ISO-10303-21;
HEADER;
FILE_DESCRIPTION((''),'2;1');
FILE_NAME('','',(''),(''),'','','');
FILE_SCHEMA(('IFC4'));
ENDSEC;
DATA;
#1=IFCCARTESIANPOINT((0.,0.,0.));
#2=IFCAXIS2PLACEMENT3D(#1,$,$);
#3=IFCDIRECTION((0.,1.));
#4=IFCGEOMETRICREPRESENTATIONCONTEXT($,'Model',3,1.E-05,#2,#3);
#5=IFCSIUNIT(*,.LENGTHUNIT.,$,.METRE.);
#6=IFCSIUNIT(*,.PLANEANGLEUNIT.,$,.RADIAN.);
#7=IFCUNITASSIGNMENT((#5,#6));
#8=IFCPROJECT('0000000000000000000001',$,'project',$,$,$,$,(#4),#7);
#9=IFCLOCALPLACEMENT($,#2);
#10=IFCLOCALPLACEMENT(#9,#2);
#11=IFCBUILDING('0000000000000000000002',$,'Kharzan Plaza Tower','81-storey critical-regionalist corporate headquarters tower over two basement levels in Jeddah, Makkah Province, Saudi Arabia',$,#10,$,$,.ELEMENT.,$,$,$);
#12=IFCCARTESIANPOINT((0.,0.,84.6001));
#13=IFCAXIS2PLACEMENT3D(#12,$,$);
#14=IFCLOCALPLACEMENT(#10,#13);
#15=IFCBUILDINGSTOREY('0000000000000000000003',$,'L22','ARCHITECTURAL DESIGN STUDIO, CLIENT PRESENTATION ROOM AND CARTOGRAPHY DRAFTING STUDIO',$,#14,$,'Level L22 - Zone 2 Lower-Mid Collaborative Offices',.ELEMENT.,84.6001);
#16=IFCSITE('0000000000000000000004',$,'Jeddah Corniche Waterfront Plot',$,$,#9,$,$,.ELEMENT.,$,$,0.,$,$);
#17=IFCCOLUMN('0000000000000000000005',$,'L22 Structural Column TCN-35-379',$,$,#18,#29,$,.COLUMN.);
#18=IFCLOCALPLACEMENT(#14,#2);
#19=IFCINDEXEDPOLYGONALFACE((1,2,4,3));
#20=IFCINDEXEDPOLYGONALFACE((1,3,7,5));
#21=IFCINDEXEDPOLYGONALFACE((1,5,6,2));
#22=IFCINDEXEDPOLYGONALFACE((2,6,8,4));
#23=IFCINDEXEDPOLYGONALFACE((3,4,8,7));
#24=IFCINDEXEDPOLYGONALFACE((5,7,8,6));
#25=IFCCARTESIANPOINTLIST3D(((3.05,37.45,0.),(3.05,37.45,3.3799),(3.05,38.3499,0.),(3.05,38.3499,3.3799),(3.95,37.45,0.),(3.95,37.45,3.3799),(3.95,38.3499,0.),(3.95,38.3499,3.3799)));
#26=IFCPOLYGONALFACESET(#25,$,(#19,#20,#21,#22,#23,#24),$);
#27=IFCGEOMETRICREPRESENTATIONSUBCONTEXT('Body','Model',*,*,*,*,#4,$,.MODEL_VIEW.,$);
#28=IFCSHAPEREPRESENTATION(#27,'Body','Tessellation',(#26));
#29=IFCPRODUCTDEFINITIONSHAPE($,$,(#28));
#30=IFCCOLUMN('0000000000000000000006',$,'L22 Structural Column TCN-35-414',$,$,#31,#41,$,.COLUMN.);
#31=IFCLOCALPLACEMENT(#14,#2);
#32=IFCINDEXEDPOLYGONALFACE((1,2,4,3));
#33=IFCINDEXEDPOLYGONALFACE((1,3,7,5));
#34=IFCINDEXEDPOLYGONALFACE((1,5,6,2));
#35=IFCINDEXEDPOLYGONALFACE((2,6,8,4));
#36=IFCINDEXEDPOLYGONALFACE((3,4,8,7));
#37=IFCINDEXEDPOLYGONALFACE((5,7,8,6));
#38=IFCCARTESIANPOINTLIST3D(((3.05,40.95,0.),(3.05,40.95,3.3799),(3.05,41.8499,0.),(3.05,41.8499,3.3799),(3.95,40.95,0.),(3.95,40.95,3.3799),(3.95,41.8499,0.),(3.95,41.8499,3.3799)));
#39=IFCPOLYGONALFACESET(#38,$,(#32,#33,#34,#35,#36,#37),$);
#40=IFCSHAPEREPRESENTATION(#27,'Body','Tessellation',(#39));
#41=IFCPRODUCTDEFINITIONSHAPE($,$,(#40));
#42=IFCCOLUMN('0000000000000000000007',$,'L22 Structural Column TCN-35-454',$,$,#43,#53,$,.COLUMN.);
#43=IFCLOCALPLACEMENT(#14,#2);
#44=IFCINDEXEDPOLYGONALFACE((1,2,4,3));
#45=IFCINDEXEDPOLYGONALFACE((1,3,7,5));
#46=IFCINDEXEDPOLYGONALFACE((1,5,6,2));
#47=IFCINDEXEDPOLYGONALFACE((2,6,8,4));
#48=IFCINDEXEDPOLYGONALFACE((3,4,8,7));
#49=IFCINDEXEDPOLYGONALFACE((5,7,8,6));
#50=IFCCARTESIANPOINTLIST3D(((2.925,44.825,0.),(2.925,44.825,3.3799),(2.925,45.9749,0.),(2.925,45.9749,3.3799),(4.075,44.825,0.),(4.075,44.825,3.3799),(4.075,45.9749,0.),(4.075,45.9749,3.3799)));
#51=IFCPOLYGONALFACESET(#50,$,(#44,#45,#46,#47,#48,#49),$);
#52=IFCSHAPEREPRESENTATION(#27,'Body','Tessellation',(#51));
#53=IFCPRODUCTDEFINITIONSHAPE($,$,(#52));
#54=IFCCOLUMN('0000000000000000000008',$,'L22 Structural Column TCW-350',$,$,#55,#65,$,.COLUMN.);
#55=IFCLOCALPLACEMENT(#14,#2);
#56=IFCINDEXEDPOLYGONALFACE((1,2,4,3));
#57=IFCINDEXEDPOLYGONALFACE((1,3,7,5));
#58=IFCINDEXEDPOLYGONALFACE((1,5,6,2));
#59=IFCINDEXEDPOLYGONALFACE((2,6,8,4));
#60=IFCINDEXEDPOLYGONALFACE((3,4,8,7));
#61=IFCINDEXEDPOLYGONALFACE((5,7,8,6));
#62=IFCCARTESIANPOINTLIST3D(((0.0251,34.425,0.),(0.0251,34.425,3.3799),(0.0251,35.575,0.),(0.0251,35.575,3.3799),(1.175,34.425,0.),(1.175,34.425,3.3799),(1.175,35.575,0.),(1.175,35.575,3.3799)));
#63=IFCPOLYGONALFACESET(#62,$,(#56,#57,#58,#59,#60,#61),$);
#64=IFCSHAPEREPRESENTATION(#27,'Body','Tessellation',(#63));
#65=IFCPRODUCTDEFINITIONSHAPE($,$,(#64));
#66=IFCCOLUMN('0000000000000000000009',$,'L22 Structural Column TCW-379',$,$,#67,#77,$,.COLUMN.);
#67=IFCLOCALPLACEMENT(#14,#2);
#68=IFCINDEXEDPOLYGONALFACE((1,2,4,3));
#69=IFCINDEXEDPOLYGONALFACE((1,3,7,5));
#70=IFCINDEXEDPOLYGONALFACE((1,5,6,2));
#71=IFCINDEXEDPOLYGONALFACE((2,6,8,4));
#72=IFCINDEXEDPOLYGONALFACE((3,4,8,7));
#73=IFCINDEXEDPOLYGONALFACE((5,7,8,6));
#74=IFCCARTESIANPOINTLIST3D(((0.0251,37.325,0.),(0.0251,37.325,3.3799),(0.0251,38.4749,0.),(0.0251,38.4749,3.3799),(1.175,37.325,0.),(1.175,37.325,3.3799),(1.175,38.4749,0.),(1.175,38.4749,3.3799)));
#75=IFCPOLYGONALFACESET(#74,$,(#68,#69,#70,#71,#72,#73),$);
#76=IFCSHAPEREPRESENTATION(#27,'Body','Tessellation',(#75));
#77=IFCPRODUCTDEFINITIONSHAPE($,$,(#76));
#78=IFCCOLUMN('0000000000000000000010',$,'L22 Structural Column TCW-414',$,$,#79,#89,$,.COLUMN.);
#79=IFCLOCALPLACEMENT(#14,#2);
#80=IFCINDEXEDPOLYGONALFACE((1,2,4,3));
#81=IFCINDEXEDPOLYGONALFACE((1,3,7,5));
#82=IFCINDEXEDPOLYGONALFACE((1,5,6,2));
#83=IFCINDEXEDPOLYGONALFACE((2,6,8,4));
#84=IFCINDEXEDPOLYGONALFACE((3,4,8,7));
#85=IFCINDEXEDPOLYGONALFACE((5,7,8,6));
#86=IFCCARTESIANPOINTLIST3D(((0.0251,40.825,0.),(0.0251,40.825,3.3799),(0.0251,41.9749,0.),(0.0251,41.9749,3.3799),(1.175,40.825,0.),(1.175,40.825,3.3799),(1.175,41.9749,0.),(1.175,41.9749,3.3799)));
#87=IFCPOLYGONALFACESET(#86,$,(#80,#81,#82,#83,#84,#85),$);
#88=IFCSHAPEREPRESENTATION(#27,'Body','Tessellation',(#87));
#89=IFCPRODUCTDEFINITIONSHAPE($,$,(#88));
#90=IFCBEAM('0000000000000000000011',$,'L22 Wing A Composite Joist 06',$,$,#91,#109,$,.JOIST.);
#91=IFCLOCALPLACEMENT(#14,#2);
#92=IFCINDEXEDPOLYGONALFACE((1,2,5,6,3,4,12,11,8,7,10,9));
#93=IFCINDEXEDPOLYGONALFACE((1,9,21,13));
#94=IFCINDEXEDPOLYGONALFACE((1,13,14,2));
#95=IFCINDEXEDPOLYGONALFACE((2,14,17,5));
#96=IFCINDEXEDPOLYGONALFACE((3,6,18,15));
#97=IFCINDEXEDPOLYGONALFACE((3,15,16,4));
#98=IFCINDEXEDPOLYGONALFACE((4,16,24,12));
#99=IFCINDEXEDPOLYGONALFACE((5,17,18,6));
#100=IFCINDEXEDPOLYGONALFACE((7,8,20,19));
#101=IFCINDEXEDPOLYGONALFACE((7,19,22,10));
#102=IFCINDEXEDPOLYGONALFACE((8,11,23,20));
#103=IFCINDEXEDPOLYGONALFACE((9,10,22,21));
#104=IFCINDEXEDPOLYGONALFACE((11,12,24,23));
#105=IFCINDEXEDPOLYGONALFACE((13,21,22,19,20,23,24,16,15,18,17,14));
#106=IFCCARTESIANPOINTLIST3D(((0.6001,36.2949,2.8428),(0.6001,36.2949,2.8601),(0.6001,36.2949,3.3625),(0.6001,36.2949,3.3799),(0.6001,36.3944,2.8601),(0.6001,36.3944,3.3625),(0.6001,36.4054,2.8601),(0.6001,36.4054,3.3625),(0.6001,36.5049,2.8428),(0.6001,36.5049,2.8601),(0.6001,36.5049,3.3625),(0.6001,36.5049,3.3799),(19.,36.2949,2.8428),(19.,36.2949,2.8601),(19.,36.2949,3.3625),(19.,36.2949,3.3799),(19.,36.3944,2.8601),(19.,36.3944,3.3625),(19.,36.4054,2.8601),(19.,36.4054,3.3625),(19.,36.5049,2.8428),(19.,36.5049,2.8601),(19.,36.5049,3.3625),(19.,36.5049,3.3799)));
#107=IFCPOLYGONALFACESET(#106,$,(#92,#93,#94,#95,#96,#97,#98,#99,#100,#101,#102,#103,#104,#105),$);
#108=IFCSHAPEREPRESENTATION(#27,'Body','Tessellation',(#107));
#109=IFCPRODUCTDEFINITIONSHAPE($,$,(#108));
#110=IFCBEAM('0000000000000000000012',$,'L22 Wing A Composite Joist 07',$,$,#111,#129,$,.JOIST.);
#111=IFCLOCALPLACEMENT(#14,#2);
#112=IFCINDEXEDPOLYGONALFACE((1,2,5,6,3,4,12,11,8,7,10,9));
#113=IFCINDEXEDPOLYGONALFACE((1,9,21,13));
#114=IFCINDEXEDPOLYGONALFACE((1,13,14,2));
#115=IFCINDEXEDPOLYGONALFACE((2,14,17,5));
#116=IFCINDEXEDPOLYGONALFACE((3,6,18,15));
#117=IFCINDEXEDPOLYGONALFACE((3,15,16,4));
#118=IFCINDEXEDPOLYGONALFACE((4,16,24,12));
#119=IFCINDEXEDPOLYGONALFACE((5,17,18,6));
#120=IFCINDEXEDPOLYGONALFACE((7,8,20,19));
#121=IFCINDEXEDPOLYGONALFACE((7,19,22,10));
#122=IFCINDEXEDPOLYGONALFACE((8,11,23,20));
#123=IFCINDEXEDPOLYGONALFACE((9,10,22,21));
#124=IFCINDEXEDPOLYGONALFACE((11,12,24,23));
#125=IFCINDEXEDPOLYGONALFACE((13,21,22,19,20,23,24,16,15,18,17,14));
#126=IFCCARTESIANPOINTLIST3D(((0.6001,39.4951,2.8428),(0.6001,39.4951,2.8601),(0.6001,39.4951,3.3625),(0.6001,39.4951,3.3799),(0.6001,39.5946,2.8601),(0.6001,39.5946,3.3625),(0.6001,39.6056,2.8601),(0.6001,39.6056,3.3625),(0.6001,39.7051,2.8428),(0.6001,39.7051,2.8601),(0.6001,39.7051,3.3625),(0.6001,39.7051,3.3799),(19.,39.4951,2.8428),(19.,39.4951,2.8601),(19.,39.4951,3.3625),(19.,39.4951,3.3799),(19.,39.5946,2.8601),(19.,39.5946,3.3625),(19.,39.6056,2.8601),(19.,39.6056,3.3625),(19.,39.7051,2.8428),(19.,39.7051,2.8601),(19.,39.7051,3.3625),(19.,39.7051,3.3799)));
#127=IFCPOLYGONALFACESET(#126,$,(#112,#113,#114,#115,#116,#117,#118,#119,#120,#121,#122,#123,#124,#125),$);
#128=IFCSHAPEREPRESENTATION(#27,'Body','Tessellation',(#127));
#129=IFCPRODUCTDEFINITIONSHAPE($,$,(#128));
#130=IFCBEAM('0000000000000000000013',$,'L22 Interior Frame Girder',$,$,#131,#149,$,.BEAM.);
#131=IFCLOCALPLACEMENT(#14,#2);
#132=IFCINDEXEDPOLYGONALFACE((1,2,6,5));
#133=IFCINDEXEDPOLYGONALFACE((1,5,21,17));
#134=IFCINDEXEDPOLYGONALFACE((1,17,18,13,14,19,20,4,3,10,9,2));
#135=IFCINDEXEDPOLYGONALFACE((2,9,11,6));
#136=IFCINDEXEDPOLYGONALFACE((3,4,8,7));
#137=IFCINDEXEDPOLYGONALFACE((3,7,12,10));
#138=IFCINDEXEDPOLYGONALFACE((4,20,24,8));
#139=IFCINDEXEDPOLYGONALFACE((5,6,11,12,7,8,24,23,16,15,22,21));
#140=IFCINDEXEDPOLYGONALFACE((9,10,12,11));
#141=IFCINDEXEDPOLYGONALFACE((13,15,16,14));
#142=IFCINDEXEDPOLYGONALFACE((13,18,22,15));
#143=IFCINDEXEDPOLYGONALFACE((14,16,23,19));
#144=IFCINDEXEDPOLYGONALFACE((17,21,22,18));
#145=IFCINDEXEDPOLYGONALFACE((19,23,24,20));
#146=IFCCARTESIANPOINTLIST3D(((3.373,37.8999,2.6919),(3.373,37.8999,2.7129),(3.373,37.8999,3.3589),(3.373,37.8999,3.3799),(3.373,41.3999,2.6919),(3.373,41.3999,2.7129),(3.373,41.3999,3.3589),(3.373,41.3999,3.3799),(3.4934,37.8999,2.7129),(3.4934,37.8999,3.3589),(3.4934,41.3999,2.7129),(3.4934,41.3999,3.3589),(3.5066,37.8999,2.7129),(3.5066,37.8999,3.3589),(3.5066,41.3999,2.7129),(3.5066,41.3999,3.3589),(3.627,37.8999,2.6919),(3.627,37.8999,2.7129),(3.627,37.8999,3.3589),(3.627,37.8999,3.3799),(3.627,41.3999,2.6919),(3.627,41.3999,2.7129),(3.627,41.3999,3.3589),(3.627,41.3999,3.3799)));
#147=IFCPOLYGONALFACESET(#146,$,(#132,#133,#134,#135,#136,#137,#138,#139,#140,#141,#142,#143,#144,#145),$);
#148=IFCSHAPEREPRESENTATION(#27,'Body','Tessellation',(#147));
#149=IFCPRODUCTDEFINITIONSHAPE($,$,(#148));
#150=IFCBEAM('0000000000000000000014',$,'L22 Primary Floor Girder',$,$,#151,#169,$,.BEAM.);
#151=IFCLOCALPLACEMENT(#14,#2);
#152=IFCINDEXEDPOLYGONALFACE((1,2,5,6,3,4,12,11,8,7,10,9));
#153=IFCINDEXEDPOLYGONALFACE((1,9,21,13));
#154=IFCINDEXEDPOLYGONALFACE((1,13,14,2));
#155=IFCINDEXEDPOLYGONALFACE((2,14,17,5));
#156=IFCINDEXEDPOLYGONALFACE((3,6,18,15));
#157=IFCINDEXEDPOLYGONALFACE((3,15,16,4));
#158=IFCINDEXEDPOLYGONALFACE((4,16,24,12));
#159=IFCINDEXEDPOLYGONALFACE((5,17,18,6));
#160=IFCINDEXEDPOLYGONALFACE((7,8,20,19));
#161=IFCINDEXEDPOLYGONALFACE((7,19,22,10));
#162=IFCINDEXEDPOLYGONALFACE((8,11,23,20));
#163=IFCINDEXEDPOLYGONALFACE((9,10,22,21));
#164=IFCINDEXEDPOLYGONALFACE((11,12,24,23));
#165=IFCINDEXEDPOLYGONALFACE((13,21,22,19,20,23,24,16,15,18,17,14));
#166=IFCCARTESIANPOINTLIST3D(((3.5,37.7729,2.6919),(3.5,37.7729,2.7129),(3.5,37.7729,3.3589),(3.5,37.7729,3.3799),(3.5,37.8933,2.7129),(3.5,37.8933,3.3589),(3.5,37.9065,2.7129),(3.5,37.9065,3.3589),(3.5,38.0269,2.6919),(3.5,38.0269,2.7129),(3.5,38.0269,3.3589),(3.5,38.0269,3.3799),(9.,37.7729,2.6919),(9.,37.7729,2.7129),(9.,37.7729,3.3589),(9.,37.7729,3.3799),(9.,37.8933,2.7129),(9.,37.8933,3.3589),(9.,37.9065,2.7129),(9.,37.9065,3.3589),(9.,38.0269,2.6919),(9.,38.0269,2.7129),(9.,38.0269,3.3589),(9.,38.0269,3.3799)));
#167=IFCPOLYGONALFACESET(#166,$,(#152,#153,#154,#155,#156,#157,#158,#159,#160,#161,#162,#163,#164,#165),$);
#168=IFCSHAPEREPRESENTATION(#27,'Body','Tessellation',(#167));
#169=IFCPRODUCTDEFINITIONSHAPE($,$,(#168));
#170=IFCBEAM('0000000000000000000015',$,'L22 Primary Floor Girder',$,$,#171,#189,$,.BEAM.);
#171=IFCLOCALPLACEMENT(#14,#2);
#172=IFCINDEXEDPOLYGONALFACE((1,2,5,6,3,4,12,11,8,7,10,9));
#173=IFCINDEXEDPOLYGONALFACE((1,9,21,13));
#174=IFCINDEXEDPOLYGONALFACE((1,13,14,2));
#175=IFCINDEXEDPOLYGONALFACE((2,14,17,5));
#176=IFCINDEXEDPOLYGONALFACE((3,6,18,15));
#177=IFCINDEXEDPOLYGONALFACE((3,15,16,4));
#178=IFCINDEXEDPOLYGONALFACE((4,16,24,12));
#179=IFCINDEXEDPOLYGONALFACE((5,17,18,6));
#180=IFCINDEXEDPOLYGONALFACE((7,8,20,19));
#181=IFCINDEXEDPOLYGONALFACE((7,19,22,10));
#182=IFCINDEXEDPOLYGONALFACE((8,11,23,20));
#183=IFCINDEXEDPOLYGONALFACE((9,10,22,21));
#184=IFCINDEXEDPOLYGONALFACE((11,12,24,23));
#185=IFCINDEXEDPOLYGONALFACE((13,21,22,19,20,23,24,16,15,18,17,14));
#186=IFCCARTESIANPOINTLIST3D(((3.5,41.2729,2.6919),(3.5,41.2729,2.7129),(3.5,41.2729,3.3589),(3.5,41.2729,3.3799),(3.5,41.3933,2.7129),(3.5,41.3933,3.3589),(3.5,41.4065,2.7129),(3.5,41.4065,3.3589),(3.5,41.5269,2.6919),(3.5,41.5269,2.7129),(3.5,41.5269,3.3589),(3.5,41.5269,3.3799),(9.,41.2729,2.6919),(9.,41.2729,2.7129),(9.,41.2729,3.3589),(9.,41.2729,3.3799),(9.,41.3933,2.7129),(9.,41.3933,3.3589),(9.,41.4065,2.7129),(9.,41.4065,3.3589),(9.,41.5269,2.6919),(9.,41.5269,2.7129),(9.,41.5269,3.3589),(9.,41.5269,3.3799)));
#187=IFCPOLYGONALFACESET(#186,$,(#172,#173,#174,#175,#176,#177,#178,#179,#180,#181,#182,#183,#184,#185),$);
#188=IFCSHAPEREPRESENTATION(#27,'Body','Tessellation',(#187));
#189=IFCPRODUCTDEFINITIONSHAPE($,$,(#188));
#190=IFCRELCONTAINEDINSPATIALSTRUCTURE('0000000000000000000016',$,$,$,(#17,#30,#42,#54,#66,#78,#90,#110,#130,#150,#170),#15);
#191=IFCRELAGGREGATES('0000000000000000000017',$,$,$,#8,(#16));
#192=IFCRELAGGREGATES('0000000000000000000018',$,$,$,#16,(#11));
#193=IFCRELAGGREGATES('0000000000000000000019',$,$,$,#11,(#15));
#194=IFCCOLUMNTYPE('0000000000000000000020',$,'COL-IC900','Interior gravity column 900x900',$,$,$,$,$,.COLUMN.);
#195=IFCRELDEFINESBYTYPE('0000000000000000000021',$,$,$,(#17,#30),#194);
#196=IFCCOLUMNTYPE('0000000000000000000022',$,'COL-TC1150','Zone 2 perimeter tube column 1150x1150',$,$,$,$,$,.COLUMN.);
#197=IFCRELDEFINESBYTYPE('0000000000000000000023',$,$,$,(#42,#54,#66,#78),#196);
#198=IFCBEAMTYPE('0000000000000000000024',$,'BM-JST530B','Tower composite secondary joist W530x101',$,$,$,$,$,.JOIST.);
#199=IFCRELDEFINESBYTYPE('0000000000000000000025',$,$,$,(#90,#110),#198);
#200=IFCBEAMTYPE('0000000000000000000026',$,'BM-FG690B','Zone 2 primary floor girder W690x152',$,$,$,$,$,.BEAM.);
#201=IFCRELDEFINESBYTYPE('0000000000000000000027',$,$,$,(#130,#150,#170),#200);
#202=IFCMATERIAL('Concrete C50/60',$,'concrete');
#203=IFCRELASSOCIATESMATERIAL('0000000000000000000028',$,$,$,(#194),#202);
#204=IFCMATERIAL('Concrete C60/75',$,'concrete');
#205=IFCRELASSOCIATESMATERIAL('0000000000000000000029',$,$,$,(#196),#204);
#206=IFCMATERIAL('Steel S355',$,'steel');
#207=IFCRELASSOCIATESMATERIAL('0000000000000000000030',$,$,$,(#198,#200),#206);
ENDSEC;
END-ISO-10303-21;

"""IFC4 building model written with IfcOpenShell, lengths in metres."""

from ifc_helpers import new_model, si_unit, direction, frame, origin, origin_2d, place, context, subcontext, project, spatial, rectangle, i_section, extrude, source, transform, mapped, material, material_profile, profile_set, type_object, element, save


model = new_model("IFC4")

# Units and contexts
model_context = context("Model", 3, precision=1e-05, world=origin(), true_north=direction((0.0, 1.0)))
body_context = subcontext(model_context, "Body", "Model", "MODEL_VIEW")
ifc_project = project(units=[si_unit("LENGTHUNIT", "METRE"), si_unit("PLANEANGLEUNIT", "RADIAN")], contexts=[model_context])

# Site, building, storey
site_placement = place(None, origin())
site = spatial("IfcSite", under=ifc_project, at=site_placement, Name="Jeddah Corniche Waterfront Plot", CompositionType="ELEMENT", RefElevation=0.0)
building_placement = place(site_placement, origin())
building = spatial("IfcBuilding", under=site, at=building_placement, Name="Kharzan Plaza Tower", Description="81-storey critical-regionalist corporate headquarters tower over two basement levels in Jeddah, Makkah Province, Saudi Arabia", CompositionType="ELEMENT")
storey_placement = place(building_placement, frame((0.0, 0.0, 84.6001)))
storey = spatial("IfcBuildingStorey", under=building, at=storey_placement, Name="L22", Description="ARCHITECTURAL DESIGN STUDIO, CLIENT PRESENTATION ROOM AND CARTOGRAPHY DRAFTING STUDIO", LongName="Level L22 - Zone 2 Lower-Mid Collaborative Offices", CompositionType="ELEMENT", Elevation=84.6001)

# Columns
ifc_material_1 = material(Name="Concrete C50/60", Category="concrete")
ifc_material_profile_1 = material_profile(ifc_material_1, rectangle(XDim=0.8999, YDim=0.8999, at=origin_2d()), Name="RC-IC900x900")
ifc_profile_set_1 = profile_set([ifc_material_profile_1], Name="Concrete C50/60")
column_type_1 = type_object("IfcColumnType", Name="COL-IC900", Description="Interior gravity column 900x900", PredefinedType="COLUMN", material=ifc_profile_set_1)
shared_shape_1 = source(origin(), body_context, "Body", "SweptSolid", [
    extrude(rectangle(XDim=0.8999, YDim=0.8999, at=origin_2d()), origin(), (0.0, 0.0, 1.0), 3.3799),
])
for number, where, z_axis, x_axis, name in (
    (1, (3.5, 37.8999, 0.0), (0.0, 0.0, 1.0), (1.0, 0.0, 0.0), "L22 Structural Column TCN-35-379"),
    (2, (3.5, 41.3999, 0.0), (0.0, 0.0, 1.0), (1.0, 0.0, 0.0), "L22 Structural Column TCN-35-414"),
):
    element("IfcColumn", number, at=place(storey_placement, frame(where, z_axis=z_axis, x_axis=x_axis)), inside=storey, type_object=column_type_1, Name=name, PredefinedType="COLUMN", context=body_context, shape_type="MappedRepresentation", body=[
        mapped(shared_shape_1, transform((0.0, 0.0, 0.0), x_axis=(1.0, 0.0, 0.0), y_axis=(0.0, 1.0, 0.0), z_axis=(0.0, 0.0, 1.0))),
    ])
ifc_material_2 = material(Name="Concrete C60/75", Category="concrete")
ifc_material_profile_2 = material_profile(ifc_material_2, rectangle(XDim=1.1499, YDim=1.1499, at=origin_2d()), Name="RC-TC1150x1150")
ifc_profile_set_2 = profile_set([ifc_material_profile_2], Name="Concrete C60/75")
column_type_2 = type_object("IfcColumnType", Name="COL-TC1150", Description="Zone 2 perimeter tube column 1150x1150", PredefinedType="COLUMN", material=ifc_profile_set_2)
shared_shape_2 = source(origin(), body_context, "Body", "SweptSolid", [
    extrude(rectangle(XDim=1.1499, YDim=1.1499, at=origin_2d()), origin(), (0.0, 0.0, 1.0), 3.3799),
])
for number, where, z_axis, x_axis, name in (
    (3, (3.5, 45.3999, 0.0), (0.0, 0.0, 1.0), (1.0, 0.0, 0.0), "L22 Structural Column TCN-35-454"),
    (4, (0.6001, 35.0, 0.0), (0.0, 0.0, 1.0), (1.0, 0.0, 0.0), "L22 Structural Column TCW-350"),
    (5, (0.6001, 37.8999, 0.0), (0.0, 0.0, 1.0), (1.0, 0.0, 0.0), "L22 Structural Column TCW-379"),
    (6, (0.6001, 41.3999, 0.0), (0.0, 0.0, 1.0), (1.0, 0.0, 0.0), "L22 Structural Column TCW-414"),
):
    element("IfcColumn", number, at=place(storey_placement, frame(where, z_axis=z_axis, x_axis=x_axis)), inside=storey, type_object=column_type_2, Name=name, PredefinedType="COLUMN", context=body_context, shape_type="MappedRepresentation", body=[
        mapped(shared_shape_2, transform((0.0, 0.0, 0.0), x_axis=(1.0, 0.0, 0.0), y_axis=(0.0, 1.0, 0.0), z_axis=(0.0, 0.0, 1.0))),
    ])

# Beams
ifc_material_3 = material(Name="Steel S355", Category="steel")
ifc_material_profile_3 = material_profile(ifc_material_3, i_section(OverallWidth=0.21, OverallDepth=0.5371, WebThickness=0.011, FlangeThickness=0.0173, at=origin_2d()), Name="W530x101")
ifc_profile_set_3 = profile_set([ifc_material_profile_3], Name="Steel S355")
beam_type_1 = type_object("IfcBeamType", Name="BM-JST530B", Description="Tower composite secondary joist W530x101", PredefinedType="JOIST", material=ifc_profile_set_3)
shared_shape_3 = source(origin(), body_context, "Body", "SweptSolid", [
    extrude(i_section(OverallWidth=0.21, OverallDepth=0.5371, WebThickness=0.011, FlangeThickness=0.0173, at=origin_2d()), origin(), (0.0, 0.0, 1.0), 18.3999),
])
for number, where, z_axis, x_axis, name in (
    (7, (0.6001, 36.3999, 3.1113), (1.0, 0.0, 0.0), (0.0, 1.0, 0.0), "L22 Wing A Composite Joist 06"),
    (8, (0.6001, 39.6001, 3.1113), (1.0, 0.0, 0.0), (0.0, 1.0, 0.0), "L22 Wing A Composite Joist 07"),
):
    element("IfcBeam", number, at=place(storey_placement, frame(where, z_axis=z_axis, x_axis=x_axis)), inside=storey, type_object=beam_type_1, Name=name, PredefinedType="JOIST", context=body_context, shape_type="MappedRepresentation", body=[
        mapped(shared_shape_3, transform((0.0, 0.0, 0.0), x_axis=(1.0, 0.0, 0.0), y_axis=(0.0, 1.0, 0.0), z_axis=(0.0, 0.0, 1.0))),
    ])
ifc_material_profile_4 = material_profile(ifc_material_3, i_section(OverallWidth=0.2539, OverallDepth=0.688, WebThickness=0.0132, FlangeThickness=0.021, at=origin_2d()), Name="W690x152")
ifc_profile_set_4 = profile_set([ifc_material_profile_4], Name="Steel S355")
beam_type_2 = type_object("IfcBeamType", Name="BM-FG690B", Description="Zone 2 primary floor girder W690x152", PredefinedType="BEAM", material=ifc_profile_set_4)
shared_shape_4 = source(origin(), body_context, "Body", "SweptSolid", [
    extrude(i_section(OverallWidth=0.2539, OverallDepth=0.688, WebThickness=0.0132, FlangeThickness=0.021, at=origin_2d()), origin(), (0.0, 0.0, 1.0), 3.5),
])
beam_1_placement = place(storey_placement, frame((3.5, 37.8999, 3.0359), z_axis=(0.0, 1.0, 0.0), x_axis=(-1.0, 0.0, 0.0)))
element("IfcBeam", 9, at=beam_1_placement, inside=storey, type_object=beam_type_2, Name="L22 Interior Frame Girder", PredefinedType="BEAM", context=body_context, shape_type="MappedRepresentation", body=[
    mapped(shared_shape_4, transform((0.0, 0.0, 0.0), x_axis=(1.0, 0.0, 0.0), y_axis=(0.0, 1.0, 0.0), z_axis=(0.0, 0.0, 1.0))),
])
shared_shape_5 = source(origin(), body_context, "Body", "SweptSolid", [
    extrude(i_section(OverallWidth=0.2539, OverallDepth=0.688, WebThickness=0.0132, FlangeThickness=0.021, at=origin_2d()), origin(), (0.0, 0.0, 1.0), 5.5),
])
for number, where, z_axis, x_axis, name in (
    (10, (3.5, 37.8999, 3.0359), (1.0, 0.0, 0.0), (0.0, 1.0, 0.0), "L22 Primary Floor Girder"),
    (11, (3.5, 41.3999, 3.0359), (1.0, 0.0, 0.0), (0.0, 1.0, 0.0), "L22 Primary Floor Girder"),
):
    element("IfcBeam", number, at=place(storey_placement, frame(where, z_axis=z_axis, x_axis=x_axis)), inside=storey, type_object=beam_type_2, Name=name, PredefinedType="BEAM", context=body_context, shape_type="MappedRepresentation", body=[
        mapped(shared_shape_5, transform((0.0, 0.0, 0.0), x_axis=(1.0, 0.0, 0.0), y_axis=(0.0, 1.0, 0.0), z_axis=(0.0, 0.0, 1.0))),
    ])

save(model, "model.ifc")
